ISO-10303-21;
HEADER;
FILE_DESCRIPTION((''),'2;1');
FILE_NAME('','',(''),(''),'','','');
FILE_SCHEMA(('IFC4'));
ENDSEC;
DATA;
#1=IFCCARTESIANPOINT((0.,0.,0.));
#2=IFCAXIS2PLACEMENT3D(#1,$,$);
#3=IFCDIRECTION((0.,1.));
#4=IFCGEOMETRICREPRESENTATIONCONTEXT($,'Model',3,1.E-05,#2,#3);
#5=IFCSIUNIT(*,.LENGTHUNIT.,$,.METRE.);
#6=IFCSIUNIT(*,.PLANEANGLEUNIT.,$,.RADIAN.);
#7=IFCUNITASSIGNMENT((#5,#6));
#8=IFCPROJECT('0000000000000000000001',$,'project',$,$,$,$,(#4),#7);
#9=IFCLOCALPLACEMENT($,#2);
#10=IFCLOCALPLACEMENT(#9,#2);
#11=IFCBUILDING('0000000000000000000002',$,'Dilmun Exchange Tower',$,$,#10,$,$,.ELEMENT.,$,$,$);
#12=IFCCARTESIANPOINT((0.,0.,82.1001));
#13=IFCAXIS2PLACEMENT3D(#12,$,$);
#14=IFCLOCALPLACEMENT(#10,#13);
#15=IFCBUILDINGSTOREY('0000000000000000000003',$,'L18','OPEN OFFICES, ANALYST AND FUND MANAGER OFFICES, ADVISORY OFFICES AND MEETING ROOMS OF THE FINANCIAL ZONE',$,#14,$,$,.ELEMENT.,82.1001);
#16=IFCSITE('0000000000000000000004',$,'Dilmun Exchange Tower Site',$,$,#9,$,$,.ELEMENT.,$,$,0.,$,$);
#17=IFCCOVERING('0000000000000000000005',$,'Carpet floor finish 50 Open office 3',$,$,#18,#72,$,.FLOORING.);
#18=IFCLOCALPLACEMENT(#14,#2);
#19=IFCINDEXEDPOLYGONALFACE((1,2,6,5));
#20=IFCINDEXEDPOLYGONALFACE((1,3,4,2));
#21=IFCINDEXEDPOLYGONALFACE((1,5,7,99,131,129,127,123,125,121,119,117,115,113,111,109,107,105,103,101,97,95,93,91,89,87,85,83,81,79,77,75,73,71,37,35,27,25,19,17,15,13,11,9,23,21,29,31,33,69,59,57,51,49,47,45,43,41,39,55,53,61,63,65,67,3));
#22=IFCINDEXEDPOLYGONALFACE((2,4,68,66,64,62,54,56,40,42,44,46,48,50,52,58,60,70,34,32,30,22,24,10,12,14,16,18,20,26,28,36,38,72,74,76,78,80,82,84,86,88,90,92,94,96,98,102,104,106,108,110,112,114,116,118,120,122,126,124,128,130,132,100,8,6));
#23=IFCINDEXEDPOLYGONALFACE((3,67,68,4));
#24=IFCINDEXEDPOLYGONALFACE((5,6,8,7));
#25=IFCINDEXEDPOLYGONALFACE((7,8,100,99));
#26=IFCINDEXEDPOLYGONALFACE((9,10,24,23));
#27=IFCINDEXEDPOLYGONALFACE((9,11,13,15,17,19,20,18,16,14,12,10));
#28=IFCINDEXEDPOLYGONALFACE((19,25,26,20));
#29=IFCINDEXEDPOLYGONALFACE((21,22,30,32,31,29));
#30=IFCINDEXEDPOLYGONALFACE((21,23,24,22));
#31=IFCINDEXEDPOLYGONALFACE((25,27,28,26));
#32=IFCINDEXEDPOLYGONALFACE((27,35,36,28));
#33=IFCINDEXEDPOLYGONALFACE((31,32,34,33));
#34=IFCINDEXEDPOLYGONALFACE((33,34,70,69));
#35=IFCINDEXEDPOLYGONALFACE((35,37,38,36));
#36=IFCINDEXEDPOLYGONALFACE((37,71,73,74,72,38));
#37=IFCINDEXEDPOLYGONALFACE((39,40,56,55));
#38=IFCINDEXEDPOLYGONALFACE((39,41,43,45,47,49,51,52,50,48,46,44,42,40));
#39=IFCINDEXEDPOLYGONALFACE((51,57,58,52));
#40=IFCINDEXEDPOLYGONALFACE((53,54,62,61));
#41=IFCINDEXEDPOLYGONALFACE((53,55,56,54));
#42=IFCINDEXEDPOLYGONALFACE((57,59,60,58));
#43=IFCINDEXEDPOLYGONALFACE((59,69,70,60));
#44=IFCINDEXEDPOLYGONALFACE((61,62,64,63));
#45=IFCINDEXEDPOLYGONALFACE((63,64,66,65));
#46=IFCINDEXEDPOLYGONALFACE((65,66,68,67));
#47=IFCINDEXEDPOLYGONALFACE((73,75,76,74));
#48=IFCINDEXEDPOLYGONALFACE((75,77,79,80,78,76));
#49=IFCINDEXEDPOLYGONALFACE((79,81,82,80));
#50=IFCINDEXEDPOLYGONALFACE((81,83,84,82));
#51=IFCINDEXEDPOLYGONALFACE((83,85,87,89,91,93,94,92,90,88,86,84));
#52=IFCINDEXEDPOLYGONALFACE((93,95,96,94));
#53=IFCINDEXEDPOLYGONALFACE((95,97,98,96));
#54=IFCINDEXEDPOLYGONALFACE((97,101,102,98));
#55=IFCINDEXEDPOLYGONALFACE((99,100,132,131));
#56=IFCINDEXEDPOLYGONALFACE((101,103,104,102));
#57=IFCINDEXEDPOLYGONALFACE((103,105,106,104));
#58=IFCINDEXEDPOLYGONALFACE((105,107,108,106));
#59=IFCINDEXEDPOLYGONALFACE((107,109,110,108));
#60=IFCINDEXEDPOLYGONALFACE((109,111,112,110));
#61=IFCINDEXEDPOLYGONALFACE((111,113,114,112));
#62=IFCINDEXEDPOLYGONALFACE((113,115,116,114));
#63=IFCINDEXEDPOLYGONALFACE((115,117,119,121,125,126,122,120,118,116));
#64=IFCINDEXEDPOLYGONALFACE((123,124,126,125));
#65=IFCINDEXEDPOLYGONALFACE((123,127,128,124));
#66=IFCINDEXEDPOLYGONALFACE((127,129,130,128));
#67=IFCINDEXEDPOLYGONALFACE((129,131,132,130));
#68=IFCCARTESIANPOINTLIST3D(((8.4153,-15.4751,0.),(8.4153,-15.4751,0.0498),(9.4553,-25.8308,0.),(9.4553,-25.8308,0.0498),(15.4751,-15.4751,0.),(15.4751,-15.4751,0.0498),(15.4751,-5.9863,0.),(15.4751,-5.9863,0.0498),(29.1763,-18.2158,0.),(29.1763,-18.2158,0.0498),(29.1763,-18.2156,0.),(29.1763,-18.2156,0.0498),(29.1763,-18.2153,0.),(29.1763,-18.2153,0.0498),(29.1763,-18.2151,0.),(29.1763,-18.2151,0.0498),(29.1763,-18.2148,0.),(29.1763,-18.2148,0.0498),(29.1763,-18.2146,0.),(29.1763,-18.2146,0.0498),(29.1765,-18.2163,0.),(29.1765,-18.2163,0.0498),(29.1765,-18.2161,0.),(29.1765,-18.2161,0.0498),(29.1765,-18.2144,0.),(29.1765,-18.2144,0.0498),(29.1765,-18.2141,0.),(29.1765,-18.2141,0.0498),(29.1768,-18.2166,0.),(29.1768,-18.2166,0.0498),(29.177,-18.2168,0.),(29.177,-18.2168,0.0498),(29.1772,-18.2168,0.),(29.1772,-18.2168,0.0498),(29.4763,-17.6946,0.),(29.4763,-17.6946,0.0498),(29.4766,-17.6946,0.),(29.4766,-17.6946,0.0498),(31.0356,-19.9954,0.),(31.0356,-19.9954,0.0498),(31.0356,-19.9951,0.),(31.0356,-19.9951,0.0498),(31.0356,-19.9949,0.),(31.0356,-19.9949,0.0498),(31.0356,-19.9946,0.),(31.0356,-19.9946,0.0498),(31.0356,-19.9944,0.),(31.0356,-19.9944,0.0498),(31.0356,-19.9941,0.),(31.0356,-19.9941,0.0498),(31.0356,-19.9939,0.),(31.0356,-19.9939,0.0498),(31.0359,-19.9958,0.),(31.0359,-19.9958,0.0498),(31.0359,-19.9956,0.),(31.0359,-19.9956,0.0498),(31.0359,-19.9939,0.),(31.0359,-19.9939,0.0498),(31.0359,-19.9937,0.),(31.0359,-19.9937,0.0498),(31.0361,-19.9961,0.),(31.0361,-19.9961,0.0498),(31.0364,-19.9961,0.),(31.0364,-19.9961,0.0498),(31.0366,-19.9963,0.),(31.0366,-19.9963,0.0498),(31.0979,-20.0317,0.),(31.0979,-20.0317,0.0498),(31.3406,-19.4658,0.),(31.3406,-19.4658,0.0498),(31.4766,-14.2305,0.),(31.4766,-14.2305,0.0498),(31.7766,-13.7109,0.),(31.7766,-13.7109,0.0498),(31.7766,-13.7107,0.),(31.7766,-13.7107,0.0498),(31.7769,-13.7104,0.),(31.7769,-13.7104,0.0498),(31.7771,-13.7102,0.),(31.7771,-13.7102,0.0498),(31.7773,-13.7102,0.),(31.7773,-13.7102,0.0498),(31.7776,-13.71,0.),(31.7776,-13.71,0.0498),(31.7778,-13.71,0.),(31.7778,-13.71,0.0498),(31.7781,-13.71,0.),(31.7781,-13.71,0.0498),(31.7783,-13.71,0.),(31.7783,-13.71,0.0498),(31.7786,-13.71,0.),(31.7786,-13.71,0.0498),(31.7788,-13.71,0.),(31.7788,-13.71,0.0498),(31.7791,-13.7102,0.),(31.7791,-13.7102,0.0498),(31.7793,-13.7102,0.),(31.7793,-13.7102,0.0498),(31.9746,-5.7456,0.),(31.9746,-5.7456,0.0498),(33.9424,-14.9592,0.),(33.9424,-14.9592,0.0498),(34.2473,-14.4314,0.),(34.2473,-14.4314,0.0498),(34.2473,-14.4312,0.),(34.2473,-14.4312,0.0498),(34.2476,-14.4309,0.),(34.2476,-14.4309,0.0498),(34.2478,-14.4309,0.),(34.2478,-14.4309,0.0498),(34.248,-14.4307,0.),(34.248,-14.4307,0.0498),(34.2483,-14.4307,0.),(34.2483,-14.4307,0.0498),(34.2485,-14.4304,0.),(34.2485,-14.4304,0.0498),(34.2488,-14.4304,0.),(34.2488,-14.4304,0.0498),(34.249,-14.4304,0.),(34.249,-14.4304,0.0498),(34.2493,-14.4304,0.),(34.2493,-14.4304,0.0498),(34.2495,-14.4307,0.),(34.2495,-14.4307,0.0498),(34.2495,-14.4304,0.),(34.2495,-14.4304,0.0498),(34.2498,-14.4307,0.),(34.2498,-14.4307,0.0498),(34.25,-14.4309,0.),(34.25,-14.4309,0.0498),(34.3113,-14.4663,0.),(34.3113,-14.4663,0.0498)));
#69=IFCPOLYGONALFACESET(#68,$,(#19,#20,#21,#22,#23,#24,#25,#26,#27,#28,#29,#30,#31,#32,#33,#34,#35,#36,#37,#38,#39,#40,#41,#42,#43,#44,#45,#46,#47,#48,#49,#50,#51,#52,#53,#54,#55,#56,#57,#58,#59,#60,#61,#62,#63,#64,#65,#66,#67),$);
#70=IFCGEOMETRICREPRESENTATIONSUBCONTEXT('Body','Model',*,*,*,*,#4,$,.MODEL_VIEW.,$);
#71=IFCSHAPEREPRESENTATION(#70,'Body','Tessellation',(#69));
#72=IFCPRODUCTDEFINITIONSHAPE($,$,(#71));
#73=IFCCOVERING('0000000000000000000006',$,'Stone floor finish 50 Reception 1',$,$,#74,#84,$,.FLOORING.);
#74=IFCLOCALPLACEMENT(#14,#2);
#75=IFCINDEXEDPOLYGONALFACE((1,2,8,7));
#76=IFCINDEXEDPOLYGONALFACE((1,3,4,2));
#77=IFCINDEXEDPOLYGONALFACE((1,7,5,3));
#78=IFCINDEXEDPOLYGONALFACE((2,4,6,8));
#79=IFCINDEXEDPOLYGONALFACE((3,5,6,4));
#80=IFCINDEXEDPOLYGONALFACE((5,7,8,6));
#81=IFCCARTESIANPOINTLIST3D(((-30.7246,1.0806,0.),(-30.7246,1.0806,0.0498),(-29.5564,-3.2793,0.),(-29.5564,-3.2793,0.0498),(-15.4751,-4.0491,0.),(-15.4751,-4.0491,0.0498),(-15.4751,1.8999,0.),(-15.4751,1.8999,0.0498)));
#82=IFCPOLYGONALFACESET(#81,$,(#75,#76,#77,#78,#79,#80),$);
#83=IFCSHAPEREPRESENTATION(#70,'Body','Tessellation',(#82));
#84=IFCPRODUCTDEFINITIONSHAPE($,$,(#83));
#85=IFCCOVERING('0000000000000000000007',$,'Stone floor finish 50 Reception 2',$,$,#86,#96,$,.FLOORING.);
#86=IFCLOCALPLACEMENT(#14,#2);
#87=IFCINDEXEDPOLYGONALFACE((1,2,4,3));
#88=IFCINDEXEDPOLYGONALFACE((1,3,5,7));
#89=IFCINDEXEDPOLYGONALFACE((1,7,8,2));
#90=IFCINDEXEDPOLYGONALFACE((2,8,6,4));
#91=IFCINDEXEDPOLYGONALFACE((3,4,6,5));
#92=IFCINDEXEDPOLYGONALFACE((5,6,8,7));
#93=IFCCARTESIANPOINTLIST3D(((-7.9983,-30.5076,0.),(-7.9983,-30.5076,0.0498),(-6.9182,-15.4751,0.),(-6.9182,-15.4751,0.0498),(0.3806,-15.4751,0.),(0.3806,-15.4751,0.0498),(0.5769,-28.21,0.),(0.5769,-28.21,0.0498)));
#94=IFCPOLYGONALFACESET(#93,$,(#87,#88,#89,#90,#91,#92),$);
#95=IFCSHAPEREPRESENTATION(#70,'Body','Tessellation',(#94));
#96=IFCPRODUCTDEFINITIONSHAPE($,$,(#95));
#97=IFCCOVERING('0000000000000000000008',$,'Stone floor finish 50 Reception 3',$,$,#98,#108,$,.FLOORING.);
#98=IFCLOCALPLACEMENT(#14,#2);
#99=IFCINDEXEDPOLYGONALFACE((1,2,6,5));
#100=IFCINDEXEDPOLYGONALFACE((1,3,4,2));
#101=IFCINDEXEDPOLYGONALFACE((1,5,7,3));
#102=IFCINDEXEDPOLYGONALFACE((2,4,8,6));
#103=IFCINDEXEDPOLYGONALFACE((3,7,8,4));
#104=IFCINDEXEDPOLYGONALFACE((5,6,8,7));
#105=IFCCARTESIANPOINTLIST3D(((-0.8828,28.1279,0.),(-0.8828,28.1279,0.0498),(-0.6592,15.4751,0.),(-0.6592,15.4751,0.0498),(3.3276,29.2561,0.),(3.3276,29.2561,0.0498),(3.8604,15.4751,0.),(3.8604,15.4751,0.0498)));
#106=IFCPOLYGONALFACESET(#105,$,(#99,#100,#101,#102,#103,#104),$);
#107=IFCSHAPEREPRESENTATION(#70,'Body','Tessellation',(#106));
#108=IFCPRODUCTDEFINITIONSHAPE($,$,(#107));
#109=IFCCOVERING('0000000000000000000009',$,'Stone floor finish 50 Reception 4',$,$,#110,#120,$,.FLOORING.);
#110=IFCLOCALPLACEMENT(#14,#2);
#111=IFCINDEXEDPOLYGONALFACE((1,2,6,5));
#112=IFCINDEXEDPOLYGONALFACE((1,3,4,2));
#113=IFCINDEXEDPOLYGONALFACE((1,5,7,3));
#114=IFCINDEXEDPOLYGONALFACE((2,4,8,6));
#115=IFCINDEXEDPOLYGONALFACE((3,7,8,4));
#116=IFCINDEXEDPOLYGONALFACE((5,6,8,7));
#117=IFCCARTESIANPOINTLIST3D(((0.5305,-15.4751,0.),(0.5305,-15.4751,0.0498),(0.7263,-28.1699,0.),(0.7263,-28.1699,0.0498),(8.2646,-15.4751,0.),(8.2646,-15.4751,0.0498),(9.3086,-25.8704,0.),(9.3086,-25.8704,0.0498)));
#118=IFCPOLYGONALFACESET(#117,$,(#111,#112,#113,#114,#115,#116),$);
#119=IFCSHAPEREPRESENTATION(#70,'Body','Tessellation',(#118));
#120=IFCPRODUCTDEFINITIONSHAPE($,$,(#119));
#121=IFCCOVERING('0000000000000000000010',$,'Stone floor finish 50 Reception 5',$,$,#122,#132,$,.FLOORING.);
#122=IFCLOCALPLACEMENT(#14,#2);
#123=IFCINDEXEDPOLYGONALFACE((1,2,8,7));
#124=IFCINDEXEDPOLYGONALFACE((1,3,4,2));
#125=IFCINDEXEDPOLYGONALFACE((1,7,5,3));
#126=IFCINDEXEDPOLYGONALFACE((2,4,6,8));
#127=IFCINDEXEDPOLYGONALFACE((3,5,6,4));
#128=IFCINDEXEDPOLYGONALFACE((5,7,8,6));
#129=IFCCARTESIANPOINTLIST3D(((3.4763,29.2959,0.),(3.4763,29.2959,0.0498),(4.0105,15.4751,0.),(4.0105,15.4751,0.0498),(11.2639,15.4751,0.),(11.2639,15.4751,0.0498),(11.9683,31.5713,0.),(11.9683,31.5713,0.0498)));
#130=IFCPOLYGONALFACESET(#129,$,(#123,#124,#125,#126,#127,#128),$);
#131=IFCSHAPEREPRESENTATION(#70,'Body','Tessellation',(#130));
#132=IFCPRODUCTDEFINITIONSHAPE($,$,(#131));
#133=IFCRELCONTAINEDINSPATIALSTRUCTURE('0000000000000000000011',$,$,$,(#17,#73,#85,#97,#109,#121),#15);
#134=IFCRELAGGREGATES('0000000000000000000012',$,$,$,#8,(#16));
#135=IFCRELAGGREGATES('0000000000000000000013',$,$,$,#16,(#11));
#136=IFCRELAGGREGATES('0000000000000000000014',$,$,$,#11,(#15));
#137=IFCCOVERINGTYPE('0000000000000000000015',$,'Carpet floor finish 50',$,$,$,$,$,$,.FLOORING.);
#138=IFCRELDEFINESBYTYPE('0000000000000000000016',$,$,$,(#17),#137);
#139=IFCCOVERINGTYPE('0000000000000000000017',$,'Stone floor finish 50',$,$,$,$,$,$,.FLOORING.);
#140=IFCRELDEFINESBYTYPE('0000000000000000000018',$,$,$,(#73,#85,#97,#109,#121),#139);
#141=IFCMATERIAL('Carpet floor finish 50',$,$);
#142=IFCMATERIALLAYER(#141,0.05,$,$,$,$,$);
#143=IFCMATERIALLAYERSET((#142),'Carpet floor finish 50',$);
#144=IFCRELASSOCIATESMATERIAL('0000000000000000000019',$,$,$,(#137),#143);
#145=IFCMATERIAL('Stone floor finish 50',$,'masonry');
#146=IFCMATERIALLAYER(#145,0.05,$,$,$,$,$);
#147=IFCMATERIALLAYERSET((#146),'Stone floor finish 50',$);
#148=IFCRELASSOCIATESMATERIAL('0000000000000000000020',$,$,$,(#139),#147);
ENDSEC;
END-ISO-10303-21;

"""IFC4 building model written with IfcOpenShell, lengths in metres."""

from ifc_helpers import new_model, si_unit, direction, frame, origin, place, context, subcontext, project, spatial, polyline, outline, extrude, material, layer, layer_set, type_object, element, save


model = new_model("IFC4")

# Units and contexts
model_context = context("Model", 3, precision=1e-05, world=origin(), true_north=direction((0.0, 1.0)))
body_context = subcontext(model_context, "Body", "Model", "MODEL_VIEW")
ifc_project = project(units=[si_unit("LENGTHUNIT", "METRE"), si_unit("PLANEANGLEUNIT", "RADIAN")], contexts=[model_context])

# Site, building, storey
site_placement = place(None, origin())
site = spatial("IfcSite", under=ifc_project, at=site_placement, Name="Dilmun Exchange Tower Site", CompositionType="ELEMENT", RefElevation=0.0)
building_placement = place(site_placement, origin())
building = spatial("IfcBuilding", under=site, at=building_placement, Name="Dilmun Exchange Tower", CompositionType="ELEMENT")
storey_placement = place(building_placement, frame((0.0, 0.0, 82.1001)))
storey = spatial("IfcBuildingStorey", under=building, at=storey_placement, Name="L18", Description="OPEN OFFICES, ANALYST AND FUND MANAGER OFFICES, ADVISORY OFFICES AND MEETING ROOMS OF THE FINANCIAL ZONE", CompositionType="ELEMENT", Elevation=82.1001)

# Coverings
ifc_material_1 = material(Name="Carpet floor finish 50")
ifc_layer_1 = layer(ifc_material_1, 0.05)
ifc_layer_set_1 = layer_set([ifc_layer_1], Name="Carpet floor finish 50")
covering_type_1 = type_object("IfcCoveringType", Name="Carpet floor finish 50", PredefinedType="FLOORING", material=ifc_layer_set_1)
covering_1_placement = place(storey_placement, origin())
element("IfcCovering", 1, at=covering_1_placement, inside=storey, type_object=covering_type_1, Name="Carpet floor finish 50 Open office 3", PredefinedType="FLOORING", context=body_context, shape_type="SweptSolid", body=[
    extrude(outline(polyline([(8.4153, -15.4751), (15.4751, -15.4751), (15.4751, -5.9863), (31.9746, -5.7456), (34.3113, -14.4663), (34.25, -14.4309), (34.2498, -14.4307), (34.2495, -14.4307), (34.2495, -14.4304), (34.2493, -14.4304), (34.249, -14.4304), (34.2488, -14.4304), (34.2485, -14.4304), (34.2483, -14.4307), (34.2483, -14.4307), (34.248, -14.4307), (34.2478, -14.4309), (34.2478, -14.4309), (34.2476, -14.4309), (34.2473, -14.4312), (34.2473, -14.4314), (34.2473, -14.4314), (33.9424, -14.9592), (31.7793, -13.7102), (31.7791, -13.7102), (31.7788, -13.71), (31.7788, -13.71), (31.7786, -13.71), (31.7783, -13.71), (31.7781, -13.71), (31.7778, -13.71), (31.7776, -13.71), (31.7776, -13.71), (31.7773, -13.7102), (31.7771, -13.7102), (31.7771, -13.7102), (31.7769, -13.7104), (31.7766, -13.7107), (31.7766, -13.7107), (31.7766, -13.7109), (31.4766, -14.2305), (29.4766, -17.6946), (29.4763, -17.6946), (29.1765, -18.2141), (29.1765, -18.2144), (29.1763, -18.2146), (29.1763, -18.2148), (29.1763, -18.2148), (29.1763, -18.2151), (29.1763, -18.2153), (29.1763, -18.2156), (29.1763, -18.2158), (29.1763, -18.2158), (29.1765, -18.2161), (29.1765, -18.2163), (29.1765, -18.2163), (29.1768, -18.2166), (29.177, -18.2168), (29.177, -18.2168), (29.1772, -18.2168), (31.3406, -19.4658), (31.0359, -19.9937), (31.0359, -19.9939), (31.0356, -19.9939), (31.0356, -19.9941), (31.0356, -19.9944), (31.0356, -19.9944), (31.0356, -19.9946), (31.0356, -19.9949), (31.0356, -19.9951), (31.0356, -19.9954), (31.0359, -19.9956), (31.0359, -19.9956), (31.0359, -19.9958), (31.0361, -19.9961), (31.0364, -19.9961), (31.0364, -19.9961), (31.0366, -19.9963), (31.0979, -20.0317), (9.4553, -25.8308), (8.4153, -15.4751)])), origin(), (0.0, 0.0, 1.0), 0.0498),
])
ifc_material_2 = material(Name="Stone floor finish 50", Category="masonry")
ifc_layer_2 = layer(ifc_material_2, 0.05)
ifc_layer_set_2 = layer_set([ifc_layer_2], Name="Stone floor finish 50")
covering_type_2 = type_object("IfcCoveringType", Name="Stone floor finish 50", PredefinedType="FLOORING", material=ifc_layer_set_2)
covering_2_placement = place(storey_placement, origin())
element("IfcCovering", 2, at=covering_2_placement, inside=storey, type_object=covering_type_2, Name="Stone floor finish 50 Reception 1", PredefinedType="FLOORING", context=body_context, shape_type="SweptSolid", body=[
    extrude(outline(polyline([(-15.4751, 1.8999), (-15.4751, -4.0491), (-29.5564, -3.2793), (-30.7246, 1.0806), (-15.4751, 1.8999)])), origin(), (0.0, 0.0, 1.0), 0.0498),
])
covering_3_placement = place(storey_placement, origin())
element("IfcCovering", 3, at=covering_3_placement, inside=storey, type_object=covering_type_2, Name="Stone floor finish 50 Reception 2", PredefinedType="FLOORING", context=body_context, shape_type="SweptSolid", body=[
    extrude(outline(polyline([(-6.9182, -15.4751), (0.3806, -15.4751), (0.5769, -28.21), (-7.9983, -30.5076), (-6.9182, -15.4751)])), origin(), (0.0, 0.0, 1.0), 0.0498),
])
covering_4_placement = place(storey_placement, origin())
element("IfcCovering", 4, at=covering_4_placement, inside=storey, type_object=covering_type_2, Name="Stone floor finish 50 Reception 3", PredefinedType="FLOORING", context=body_context, shape_type="SweptSolid", body=[
    extrude(outline(polyline([(3.8604, 15.4751), (-0.6592, 15.4751), (-0.8828, 28.1279), (3.3276, 29.2561), (3.8604, 15.4751)])), origin(), (0.0, 0.0, 1.0), 0.0498),
])
covering_5_placement = place(storey_placement, origin())
element("IfcCovering", 5, at=covering_5_placement, inside=storey, type_object=covering_type_2, Name="Stone floor finish 50 Reception 4", PredefinedType="FLOORING", context=body_context, shape_type="SweptSolid", body=[
    extrude(outline(polyline([(0.5305, -15.4751), (8.2646, -15.4751), (9.3086, -25.8704), (0.7263, -28.1699), (0.5305, -15.4751)])), origin(), (0.0, 0.0, 1.0), 0.0498),
])
covering_6_placement = place(storey_placement, origin())
element("IfcCovering", 6, at=covering_6_placement, inside=storey, type_object=covering_type_2, Name="Stone floor finish 50 Reception 5", PredefinedType="FLOORING", context=body_context, shape_type="SweptSolid", body=[
    extrude(outline(polyline([(11.2639, 15.4751), (4.0105, 15.4751), (3.4763, 29.2959), (11.9683, 31.5713), (11.2639, 15.4751)])), origin(), (0.0, 0.0, 1.0), 0.0498),
])

save(model, "model.ifc")
